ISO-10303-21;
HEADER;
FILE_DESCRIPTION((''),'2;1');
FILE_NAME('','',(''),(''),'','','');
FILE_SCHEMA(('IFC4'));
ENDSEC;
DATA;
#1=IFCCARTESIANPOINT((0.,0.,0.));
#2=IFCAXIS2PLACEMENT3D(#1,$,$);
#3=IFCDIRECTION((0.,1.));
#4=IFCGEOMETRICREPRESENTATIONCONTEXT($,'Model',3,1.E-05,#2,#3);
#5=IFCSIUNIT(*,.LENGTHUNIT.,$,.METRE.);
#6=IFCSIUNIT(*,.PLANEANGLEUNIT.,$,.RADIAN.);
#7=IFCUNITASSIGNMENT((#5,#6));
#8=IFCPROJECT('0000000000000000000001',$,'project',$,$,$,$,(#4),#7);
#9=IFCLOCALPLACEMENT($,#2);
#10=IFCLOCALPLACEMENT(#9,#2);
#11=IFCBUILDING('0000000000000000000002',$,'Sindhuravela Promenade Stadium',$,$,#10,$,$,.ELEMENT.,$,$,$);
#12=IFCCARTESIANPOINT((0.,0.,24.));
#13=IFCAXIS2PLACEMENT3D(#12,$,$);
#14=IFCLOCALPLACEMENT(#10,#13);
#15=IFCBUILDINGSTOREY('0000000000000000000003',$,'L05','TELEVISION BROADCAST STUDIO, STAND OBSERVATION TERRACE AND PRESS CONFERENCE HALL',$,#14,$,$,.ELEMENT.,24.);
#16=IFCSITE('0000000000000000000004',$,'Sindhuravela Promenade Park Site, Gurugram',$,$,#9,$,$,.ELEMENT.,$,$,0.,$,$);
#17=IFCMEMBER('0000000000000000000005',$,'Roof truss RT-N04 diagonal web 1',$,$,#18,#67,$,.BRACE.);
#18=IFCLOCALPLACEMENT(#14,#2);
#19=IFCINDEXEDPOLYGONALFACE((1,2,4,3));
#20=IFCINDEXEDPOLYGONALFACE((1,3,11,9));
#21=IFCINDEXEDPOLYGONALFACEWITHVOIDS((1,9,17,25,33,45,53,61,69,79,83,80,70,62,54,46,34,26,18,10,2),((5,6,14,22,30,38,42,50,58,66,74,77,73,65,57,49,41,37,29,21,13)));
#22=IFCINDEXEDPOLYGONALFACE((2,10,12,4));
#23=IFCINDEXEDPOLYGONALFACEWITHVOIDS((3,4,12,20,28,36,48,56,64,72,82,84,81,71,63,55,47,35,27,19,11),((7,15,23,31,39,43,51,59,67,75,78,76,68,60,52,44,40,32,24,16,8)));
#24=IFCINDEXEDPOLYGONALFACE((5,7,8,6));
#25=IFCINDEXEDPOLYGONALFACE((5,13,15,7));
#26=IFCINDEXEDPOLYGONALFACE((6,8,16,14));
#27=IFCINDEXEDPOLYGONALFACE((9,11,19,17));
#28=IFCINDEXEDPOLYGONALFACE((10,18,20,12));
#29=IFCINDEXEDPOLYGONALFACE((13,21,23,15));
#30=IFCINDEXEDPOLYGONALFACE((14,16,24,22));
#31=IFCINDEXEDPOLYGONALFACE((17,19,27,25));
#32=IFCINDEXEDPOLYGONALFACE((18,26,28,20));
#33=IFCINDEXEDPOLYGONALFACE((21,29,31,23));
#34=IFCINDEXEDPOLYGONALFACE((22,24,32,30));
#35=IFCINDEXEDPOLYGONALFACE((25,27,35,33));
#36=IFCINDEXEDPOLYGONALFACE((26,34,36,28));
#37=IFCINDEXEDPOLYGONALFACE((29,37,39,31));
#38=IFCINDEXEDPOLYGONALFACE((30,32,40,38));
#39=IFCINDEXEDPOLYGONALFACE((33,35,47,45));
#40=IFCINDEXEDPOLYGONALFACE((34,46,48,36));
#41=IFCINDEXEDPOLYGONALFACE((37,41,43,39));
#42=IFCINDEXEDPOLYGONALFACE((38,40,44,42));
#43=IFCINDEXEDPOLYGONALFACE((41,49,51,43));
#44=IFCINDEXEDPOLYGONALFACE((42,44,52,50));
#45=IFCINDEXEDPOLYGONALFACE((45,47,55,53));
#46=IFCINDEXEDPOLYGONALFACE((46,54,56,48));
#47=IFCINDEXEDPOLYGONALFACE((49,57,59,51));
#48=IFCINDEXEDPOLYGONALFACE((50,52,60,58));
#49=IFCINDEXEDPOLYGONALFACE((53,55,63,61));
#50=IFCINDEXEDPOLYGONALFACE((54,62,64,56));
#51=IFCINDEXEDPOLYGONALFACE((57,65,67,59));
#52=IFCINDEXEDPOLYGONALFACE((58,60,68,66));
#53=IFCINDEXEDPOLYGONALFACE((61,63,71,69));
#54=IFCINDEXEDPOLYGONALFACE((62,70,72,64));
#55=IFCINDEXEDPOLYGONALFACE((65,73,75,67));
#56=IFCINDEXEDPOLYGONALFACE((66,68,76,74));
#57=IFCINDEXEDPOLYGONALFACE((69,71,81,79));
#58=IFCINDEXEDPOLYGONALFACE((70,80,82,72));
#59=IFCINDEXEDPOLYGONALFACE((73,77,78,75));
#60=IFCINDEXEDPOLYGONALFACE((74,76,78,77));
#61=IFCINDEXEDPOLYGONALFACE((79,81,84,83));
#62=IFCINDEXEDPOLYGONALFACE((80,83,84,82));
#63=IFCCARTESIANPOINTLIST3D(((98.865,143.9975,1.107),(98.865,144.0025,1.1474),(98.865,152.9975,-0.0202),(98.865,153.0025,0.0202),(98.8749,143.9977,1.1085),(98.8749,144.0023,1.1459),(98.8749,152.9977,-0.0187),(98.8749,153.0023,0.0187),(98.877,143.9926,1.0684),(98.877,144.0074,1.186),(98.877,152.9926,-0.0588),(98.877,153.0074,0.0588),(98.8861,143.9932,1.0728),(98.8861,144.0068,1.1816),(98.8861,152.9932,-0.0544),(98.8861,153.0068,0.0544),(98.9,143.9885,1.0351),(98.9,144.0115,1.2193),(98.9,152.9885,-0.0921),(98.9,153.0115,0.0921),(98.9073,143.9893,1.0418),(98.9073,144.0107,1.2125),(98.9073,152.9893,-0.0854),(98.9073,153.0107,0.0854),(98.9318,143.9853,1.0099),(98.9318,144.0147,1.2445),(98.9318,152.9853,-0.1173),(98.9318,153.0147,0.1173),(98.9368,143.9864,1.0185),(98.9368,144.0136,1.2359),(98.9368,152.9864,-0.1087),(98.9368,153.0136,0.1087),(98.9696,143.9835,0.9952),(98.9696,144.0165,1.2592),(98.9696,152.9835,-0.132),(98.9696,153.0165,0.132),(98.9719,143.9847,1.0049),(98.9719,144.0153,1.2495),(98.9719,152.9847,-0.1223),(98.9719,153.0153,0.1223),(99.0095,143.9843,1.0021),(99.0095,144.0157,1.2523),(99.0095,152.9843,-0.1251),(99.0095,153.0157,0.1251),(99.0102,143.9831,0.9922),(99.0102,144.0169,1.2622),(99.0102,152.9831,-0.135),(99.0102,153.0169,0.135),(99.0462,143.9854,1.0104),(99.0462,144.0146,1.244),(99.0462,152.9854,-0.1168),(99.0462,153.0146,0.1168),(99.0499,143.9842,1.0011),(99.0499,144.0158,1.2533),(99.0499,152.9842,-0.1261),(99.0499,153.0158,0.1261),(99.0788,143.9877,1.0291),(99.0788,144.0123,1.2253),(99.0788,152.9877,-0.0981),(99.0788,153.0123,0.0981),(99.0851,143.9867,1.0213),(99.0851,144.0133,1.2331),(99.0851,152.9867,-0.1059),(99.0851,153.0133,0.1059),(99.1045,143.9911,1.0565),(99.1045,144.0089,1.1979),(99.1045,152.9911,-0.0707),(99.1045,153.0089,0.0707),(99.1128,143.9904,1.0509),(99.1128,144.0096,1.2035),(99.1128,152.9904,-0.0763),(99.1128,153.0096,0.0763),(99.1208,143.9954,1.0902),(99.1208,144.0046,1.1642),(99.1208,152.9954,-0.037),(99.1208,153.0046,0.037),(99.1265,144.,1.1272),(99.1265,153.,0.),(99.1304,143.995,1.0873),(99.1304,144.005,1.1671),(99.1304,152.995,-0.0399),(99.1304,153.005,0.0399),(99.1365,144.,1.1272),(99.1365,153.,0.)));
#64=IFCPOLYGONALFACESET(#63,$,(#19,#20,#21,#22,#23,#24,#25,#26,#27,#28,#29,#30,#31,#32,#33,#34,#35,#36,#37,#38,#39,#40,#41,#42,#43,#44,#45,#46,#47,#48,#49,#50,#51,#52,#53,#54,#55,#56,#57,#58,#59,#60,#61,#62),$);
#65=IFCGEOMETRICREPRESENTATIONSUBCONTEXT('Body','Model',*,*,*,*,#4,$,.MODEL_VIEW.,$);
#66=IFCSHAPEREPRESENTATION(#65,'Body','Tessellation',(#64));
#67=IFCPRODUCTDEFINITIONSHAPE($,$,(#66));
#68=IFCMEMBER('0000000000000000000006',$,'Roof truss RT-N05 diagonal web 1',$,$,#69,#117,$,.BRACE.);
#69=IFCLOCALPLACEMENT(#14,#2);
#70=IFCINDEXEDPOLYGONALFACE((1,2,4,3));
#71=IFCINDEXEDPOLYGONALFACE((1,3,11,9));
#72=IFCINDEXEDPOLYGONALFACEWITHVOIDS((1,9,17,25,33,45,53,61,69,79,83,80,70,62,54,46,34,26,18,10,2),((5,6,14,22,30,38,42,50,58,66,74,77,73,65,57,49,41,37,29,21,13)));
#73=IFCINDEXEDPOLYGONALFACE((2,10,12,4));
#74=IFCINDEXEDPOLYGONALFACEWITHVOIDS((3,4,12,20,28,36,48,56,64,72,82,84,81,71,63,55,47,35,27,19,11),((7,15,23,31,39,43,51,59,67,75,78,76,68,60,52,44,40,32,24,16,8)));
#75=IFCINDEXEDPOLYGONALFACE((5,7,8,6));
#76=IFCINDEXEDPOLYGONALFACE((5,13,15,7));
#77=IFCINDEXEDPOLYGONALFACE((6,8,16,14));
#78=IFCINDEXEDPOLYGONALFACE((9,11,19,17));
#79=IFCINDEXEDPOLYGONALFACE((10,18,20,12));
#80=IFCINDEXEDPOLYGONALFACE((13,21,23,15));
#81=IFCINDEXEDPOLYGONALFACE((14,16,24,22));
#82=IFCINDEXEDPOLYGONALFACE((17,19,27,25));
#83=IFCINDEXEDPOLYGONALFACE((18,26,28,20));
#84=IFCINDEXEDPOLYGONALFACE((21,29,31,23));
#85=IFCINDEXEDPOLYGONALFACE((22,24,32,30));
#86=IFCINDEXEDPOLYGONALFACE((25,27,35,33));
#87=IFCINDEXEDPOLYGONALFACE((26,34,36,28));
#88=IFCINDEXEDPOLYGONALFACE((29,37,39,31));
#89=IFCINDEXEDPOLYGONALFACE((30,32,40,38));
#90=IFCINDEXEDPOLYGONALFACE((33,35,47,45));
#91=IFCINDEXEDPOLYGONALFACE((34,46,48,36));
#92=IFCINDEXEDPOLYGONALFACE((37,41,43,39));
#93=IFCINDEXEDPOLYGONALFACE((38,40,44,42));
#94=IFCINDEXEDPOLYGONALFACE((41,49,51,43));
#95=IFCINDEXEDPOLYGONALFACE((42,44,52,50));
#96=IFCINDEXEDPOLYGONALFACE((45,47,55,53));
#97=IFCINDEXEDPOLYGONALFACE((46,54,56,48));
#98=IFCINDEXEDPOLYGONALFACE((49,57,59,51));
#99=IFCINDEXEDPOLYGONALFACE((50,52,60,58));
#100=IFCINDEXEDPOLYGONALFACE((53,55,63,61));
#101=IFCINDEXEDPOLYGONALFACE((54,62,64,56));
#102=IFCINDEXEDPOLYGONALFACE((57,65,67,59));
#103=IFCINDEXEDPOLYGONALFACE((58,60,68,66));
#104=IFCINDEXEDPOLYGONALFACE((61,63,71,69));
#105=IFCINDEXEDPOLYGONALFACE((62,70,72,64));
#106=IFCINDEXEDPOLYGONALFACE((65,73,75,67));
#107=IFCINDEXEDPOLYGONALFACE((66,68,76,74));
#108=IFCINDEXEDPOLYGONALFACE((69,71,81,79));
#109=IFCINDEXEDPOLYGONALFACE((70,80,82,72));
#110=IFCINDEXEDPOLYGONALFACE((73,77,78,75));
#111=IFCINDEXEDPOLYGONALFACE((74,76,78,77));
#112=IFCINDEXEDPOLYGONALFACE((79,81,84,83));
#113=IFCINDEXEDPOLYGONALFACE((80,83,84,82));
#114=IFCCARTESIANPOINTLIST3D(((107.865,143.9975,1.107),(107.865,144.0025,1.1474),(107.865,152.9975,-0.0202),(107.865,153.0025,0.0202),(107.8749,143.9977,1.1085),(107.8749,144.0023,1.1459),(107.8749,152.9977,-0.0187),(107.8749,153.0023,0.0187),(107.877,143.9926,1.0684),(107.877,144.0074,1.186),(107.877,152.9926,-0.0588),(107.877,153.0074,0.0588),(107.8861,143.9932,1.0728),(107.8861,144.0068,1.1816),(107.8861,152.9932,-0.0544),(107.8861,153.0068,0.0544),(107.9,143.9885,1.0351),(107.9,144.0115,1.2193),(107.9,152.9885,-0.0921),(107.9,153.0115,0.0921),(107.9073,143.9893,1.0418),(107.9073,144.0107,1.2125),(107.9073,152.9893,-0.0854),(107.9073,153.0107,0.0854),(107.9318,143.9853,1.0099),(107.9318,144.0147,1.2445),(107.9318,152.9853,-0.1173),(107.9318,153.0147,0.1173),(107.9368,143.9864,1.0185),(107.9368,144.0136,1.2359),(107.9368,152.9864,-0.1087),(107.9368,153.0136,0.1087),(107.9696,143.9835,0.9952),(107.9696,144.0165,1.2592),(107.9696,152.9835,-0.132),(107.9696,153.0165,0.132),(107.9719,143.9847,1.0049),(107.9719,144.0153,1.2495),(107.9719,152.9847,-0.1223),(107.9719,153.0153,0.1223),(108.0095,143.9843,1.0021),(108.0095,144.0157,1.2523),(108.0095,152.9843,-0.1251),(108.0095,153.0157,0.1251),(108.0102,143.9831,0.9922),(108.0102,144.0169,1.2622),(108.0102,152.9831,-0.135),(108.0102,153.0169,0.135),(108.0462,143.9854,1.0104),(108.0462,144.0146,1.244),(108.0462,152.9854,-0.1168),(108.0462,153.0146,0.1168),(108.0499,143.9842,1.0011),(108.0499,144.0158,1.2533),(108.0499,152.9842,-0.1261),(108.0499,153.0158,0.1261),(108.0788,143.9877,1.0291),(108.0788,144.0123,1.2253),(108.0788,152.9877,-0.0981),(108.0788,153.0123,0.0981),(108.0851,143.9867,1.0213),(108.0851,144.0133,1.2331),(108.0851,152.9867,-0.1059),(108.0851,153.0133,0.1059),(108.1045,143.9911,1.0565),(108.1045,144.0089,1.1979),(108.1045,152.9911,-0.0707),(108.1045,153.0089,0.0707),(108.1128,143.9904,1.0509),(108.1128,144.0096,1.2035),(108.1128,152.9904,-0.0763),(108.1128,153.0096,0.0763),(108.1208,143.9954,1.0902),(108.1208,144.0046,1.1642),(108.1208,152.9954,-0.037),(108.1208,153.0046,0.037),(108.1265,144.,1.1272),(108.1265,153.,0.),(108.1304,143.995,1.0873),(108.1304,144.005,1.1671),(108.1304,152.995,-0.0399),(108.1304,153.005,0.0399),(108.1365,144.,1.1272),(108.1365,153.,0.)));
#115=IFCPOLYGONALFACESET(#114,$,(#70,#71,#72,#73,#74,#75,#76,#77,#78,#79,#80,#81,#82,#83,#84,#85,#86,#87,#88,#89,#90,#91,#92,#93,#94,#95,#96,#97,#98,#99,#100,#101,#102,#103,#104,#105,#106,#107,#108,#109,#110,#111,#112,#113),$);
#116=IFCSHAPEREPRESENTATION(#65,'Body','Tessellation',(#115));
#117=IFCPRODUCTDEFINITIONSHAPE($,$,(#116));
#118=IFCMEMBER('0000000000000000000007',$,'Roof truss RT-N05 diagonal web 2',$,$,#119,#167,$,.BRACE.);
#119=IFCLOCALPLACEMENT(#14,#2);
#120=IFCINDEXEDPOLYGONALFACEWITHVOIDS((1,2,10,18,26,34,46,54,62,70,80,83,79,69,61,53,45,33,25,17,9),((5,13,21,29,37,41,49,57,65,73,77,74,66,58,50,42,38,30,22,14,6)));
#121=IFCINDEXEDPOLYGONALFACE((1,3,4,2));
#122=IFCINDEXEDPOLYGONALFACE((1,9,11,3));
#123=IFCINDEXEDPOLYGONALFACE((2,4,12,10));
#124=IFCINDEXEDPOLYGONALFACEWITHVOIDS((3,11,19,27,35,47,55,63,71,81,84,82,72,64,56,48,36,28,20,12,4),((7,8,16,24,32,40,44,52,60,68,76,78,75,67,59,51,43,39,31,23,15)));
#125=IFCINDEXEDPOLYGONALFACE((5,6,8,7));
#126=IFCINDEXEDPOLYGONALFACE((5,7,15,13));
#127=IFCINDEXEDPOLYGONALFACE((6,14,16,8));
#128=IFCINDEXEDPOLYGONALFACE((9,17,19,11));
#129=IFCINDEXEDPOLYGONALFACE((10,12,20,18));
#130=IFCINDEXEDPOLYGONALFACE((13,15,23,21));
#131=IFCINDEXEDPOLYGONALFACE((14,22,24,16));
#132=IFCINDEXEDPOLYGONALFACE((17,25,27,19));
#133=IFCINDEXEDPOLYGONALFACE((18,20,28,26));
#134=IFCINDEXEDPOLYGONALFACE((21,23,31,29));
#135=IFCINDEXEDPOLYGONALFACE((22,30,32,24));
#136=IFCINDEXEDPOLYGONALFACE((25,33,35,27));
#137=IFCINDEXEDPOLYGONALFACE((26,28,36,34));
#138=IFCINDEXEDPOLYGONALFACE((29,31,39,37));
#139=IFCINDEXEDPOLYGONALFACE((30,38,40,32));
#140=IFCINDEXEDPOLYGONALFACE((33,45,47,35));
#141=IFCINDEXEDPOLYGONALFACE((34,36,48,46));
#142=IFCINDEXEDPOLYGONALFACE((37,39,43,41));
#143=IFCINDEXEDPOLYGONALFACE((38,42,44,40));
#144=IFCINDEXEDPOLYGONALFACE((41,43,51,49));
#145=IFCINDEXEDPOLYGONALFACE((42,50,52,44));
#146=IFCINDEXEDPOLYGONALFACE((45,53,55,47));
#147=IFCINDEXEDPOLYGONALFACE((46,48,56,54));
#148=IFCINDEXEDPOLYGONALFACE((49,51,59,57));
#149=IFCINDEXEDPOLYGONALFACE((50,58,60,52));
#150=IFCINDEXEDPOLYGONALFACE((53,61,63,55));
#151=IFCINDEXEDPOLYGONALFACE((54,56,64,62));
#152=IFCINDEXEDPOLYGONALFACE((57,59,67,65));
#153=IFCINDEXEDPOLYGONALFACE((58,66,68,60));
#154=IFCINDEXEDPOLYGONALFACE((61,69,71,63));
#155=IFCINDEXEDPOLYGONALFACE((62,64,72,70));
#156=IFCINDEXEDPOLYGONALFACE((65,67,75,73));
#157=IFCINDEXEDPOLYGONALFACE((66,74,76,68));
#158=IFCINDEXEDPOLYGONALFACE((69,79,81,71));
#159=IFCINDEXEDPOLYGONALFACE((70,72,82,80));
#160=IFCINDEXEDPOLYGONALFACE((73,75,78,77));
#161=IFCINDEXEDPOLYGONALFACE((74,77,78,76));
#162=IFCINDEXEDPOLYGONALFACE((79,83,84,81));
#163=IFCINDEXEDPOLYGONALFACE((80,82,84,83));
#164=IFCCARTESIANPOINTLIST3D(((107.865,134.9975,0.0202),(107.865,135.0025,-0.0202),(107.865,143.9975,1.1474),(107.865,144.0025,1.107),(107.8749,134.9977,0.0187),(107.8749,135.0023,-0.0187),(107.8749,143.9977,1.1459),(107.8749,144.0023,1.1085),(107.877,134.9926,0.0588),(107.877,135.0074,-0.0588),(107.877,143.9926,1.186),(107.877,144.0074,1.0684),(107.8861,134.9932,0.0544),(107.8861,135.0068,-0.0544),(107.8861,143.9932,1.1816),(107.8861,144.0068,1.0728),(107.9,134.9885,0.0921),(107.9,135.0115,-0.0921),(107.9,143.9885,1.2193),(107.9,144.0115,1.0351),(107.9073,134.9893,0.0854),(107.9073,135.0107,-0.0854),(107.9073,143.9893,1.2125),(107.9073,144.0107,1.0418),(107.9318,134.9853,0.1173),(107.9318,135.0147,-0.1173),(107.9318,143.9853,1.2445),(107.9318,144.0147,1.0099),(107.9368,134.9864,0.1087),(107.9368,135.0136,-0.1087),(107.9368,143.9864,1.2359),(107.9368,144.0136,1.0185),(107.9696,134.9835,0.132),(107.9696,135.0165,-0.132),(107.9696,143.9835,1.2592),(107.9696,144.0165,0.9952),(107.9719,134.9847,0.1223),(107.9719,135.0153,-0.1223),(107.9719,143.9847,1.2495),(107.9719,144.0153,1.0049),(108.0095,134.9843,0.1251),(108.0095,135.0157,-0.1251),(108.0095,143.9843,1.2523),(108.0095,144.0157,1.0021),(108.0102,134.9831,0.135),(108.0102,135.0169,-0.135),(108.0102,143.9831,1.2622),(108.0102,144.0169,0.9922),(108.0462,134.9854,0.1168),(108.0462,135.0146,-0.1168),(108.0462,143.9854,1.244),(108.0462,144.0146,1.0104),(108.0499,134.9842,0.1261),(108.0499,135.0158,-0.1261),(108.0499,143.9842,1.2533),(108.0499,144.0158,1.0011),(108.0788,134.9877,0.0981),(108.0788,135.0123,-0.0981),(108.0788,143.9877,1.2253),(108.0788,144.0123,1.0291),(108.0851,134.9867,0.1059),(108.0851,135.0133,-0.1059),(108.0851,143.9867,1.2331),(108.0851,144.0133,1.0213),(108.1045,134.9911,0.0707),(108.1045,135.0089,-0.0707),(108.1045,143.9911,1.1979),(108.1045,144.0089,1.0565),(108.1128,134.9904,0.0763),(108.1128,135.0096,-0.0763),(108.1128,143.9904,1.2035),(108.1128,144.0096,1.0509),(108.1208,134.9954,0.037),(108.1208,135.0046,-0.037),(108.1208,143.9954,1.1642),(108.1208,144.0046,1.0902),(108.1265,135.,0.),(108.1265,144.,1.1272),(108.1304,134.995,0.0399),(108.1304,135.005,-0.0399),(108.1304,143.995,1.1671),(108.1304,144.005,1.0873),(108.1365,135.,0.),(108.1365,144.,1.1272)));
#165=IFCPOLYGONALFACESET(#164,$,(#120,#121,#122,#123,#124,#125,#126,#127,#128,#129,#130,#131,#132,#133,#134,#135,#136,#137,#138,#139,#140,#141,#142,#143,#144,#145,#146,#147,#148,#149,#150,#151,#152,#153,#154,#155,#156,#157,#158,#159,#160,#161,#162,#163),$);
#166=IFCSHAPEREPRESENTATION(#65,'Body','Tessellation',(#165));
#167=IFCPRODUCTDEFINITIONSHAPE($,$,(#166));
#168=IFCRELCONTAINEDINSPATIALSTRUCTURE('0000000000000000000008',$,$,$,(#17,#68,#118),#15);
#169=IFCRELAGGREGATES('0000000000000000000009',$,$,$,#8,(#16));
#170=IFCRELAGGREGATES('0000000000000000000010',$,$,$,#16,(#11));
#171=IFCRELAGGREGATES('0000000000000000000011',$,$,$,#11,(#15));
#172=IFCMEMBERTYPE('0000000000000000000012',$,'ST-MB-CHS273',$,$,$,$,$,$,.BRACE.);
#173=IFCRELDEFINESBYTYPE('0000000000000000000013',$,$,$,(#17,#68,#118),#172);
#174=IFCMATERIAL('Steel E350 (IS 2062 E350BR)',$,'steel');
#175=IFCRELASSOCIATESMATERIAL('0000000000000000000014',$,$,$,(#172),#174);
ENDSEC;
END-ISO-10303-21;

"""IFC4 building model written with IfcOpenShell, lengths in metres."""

from ifc_helpers import new_model, si_unit, direction, frame, origin, origin_2d, place, context, subcontext, project, spatial, hollow_circle, extrude, material, material_profile, profile_set, type_object, element, save


model = new_model("IFC4")

# Units and contexts
model_context = context("Model", 3, precision=1e-05, world=origin(), true_north=direction((0.0, 1.0)))
body_context = subcontext(model_context, "Body", "Model", "MODEL_VIEW")
ifc_project = project(units=[si_unit("LENGTHUNIT", "METRE"), si_unit("PLANEANGLEUNIT", "RADIAN")], contexts=[model_context])

# Site, building, storey
site_placement = place(None, origin())
site = spatial("IfcSite", under=ifc_project, at=site_placement, Name="Sindhuravela Promenade Park Site, Gurugram", CompositionType="ELEMENT", RefElevation=0.0)
building_placement = place(site_placement, origin())
building = spatial("IfcBuilding", under=site, at=building_placement, Name="Sindhuravela Promenade Stadium", CompositionType="ELEMENT")
storey_placement = place(building_placement, frame((0.0, 0.0, 24.0)))
storey = spatial("IfcBuildingStorey", under=building, at=storey_placement, Name="L05", Description="TELEVISION BROADCAST STUDIO, STAND OBSERVATION TERRACE AND PRESS CONFERENCE HALL", CompositionType="ELEMENT", Elevation=24.0)

# Shared definitions
ifc_material_1 = material(Name="Steel E350 (IS 2062 E350BR)", Category="steel")

# Members
ifc_material_profile_1 = material_profile(ifc_material_1, hollow_circle(Radius=0.1365, WallThickness=0.01, at=origin_2d()), Name="CHS 273.0x10")
ifc_profile_set_1 = profile_set([ifc_material_profile_1], Name="Steel E350 (IS 2062 E350BR)")
member_type_1 = type_object("IfcMemberType", Name="ST-MB-CHS273", PredefinedType="BRACE", material=ifc_profile_set_1)
for number, where, z_axis, x_axis, name in (
    (1, (99.0, 153.0, 0.0), (0.0, -0.992248, 0.124273), (1.0, 0.0, 0.0), "Roof truss RT-N04 diagonal web 1"),
    (2, (108.0, 153.0, 0.0), (0.0, -0.992248, 0.124273), (1.0, 0.0, 0.0), "Roof truss RT-N05 diagonal web 1"),
    (3, (108.0, 144.0, 1.1272), (0.0, -0.992248, -0.124273), (1.0, 0.0, 0.0), "Roof truss RT-N05 diagonal web 2"),
):
    element("IfcMember", number, at=place(storey_placement, frame(where, z_axis=z_axis, x_axis=x_axis)), inside=storey, type_object=member_type_1, Name=name, PredefinedType="BRACE", context=body_context, shape_type="SweptSolid", body=[
        extrude(hollow_circle(Radius=0.1365, WallThickness=0.01, at=origin_2d()), origin(), (0.0, 0.0, 1.0), 9.0703),
    ])

save(model, "model.ifc")
